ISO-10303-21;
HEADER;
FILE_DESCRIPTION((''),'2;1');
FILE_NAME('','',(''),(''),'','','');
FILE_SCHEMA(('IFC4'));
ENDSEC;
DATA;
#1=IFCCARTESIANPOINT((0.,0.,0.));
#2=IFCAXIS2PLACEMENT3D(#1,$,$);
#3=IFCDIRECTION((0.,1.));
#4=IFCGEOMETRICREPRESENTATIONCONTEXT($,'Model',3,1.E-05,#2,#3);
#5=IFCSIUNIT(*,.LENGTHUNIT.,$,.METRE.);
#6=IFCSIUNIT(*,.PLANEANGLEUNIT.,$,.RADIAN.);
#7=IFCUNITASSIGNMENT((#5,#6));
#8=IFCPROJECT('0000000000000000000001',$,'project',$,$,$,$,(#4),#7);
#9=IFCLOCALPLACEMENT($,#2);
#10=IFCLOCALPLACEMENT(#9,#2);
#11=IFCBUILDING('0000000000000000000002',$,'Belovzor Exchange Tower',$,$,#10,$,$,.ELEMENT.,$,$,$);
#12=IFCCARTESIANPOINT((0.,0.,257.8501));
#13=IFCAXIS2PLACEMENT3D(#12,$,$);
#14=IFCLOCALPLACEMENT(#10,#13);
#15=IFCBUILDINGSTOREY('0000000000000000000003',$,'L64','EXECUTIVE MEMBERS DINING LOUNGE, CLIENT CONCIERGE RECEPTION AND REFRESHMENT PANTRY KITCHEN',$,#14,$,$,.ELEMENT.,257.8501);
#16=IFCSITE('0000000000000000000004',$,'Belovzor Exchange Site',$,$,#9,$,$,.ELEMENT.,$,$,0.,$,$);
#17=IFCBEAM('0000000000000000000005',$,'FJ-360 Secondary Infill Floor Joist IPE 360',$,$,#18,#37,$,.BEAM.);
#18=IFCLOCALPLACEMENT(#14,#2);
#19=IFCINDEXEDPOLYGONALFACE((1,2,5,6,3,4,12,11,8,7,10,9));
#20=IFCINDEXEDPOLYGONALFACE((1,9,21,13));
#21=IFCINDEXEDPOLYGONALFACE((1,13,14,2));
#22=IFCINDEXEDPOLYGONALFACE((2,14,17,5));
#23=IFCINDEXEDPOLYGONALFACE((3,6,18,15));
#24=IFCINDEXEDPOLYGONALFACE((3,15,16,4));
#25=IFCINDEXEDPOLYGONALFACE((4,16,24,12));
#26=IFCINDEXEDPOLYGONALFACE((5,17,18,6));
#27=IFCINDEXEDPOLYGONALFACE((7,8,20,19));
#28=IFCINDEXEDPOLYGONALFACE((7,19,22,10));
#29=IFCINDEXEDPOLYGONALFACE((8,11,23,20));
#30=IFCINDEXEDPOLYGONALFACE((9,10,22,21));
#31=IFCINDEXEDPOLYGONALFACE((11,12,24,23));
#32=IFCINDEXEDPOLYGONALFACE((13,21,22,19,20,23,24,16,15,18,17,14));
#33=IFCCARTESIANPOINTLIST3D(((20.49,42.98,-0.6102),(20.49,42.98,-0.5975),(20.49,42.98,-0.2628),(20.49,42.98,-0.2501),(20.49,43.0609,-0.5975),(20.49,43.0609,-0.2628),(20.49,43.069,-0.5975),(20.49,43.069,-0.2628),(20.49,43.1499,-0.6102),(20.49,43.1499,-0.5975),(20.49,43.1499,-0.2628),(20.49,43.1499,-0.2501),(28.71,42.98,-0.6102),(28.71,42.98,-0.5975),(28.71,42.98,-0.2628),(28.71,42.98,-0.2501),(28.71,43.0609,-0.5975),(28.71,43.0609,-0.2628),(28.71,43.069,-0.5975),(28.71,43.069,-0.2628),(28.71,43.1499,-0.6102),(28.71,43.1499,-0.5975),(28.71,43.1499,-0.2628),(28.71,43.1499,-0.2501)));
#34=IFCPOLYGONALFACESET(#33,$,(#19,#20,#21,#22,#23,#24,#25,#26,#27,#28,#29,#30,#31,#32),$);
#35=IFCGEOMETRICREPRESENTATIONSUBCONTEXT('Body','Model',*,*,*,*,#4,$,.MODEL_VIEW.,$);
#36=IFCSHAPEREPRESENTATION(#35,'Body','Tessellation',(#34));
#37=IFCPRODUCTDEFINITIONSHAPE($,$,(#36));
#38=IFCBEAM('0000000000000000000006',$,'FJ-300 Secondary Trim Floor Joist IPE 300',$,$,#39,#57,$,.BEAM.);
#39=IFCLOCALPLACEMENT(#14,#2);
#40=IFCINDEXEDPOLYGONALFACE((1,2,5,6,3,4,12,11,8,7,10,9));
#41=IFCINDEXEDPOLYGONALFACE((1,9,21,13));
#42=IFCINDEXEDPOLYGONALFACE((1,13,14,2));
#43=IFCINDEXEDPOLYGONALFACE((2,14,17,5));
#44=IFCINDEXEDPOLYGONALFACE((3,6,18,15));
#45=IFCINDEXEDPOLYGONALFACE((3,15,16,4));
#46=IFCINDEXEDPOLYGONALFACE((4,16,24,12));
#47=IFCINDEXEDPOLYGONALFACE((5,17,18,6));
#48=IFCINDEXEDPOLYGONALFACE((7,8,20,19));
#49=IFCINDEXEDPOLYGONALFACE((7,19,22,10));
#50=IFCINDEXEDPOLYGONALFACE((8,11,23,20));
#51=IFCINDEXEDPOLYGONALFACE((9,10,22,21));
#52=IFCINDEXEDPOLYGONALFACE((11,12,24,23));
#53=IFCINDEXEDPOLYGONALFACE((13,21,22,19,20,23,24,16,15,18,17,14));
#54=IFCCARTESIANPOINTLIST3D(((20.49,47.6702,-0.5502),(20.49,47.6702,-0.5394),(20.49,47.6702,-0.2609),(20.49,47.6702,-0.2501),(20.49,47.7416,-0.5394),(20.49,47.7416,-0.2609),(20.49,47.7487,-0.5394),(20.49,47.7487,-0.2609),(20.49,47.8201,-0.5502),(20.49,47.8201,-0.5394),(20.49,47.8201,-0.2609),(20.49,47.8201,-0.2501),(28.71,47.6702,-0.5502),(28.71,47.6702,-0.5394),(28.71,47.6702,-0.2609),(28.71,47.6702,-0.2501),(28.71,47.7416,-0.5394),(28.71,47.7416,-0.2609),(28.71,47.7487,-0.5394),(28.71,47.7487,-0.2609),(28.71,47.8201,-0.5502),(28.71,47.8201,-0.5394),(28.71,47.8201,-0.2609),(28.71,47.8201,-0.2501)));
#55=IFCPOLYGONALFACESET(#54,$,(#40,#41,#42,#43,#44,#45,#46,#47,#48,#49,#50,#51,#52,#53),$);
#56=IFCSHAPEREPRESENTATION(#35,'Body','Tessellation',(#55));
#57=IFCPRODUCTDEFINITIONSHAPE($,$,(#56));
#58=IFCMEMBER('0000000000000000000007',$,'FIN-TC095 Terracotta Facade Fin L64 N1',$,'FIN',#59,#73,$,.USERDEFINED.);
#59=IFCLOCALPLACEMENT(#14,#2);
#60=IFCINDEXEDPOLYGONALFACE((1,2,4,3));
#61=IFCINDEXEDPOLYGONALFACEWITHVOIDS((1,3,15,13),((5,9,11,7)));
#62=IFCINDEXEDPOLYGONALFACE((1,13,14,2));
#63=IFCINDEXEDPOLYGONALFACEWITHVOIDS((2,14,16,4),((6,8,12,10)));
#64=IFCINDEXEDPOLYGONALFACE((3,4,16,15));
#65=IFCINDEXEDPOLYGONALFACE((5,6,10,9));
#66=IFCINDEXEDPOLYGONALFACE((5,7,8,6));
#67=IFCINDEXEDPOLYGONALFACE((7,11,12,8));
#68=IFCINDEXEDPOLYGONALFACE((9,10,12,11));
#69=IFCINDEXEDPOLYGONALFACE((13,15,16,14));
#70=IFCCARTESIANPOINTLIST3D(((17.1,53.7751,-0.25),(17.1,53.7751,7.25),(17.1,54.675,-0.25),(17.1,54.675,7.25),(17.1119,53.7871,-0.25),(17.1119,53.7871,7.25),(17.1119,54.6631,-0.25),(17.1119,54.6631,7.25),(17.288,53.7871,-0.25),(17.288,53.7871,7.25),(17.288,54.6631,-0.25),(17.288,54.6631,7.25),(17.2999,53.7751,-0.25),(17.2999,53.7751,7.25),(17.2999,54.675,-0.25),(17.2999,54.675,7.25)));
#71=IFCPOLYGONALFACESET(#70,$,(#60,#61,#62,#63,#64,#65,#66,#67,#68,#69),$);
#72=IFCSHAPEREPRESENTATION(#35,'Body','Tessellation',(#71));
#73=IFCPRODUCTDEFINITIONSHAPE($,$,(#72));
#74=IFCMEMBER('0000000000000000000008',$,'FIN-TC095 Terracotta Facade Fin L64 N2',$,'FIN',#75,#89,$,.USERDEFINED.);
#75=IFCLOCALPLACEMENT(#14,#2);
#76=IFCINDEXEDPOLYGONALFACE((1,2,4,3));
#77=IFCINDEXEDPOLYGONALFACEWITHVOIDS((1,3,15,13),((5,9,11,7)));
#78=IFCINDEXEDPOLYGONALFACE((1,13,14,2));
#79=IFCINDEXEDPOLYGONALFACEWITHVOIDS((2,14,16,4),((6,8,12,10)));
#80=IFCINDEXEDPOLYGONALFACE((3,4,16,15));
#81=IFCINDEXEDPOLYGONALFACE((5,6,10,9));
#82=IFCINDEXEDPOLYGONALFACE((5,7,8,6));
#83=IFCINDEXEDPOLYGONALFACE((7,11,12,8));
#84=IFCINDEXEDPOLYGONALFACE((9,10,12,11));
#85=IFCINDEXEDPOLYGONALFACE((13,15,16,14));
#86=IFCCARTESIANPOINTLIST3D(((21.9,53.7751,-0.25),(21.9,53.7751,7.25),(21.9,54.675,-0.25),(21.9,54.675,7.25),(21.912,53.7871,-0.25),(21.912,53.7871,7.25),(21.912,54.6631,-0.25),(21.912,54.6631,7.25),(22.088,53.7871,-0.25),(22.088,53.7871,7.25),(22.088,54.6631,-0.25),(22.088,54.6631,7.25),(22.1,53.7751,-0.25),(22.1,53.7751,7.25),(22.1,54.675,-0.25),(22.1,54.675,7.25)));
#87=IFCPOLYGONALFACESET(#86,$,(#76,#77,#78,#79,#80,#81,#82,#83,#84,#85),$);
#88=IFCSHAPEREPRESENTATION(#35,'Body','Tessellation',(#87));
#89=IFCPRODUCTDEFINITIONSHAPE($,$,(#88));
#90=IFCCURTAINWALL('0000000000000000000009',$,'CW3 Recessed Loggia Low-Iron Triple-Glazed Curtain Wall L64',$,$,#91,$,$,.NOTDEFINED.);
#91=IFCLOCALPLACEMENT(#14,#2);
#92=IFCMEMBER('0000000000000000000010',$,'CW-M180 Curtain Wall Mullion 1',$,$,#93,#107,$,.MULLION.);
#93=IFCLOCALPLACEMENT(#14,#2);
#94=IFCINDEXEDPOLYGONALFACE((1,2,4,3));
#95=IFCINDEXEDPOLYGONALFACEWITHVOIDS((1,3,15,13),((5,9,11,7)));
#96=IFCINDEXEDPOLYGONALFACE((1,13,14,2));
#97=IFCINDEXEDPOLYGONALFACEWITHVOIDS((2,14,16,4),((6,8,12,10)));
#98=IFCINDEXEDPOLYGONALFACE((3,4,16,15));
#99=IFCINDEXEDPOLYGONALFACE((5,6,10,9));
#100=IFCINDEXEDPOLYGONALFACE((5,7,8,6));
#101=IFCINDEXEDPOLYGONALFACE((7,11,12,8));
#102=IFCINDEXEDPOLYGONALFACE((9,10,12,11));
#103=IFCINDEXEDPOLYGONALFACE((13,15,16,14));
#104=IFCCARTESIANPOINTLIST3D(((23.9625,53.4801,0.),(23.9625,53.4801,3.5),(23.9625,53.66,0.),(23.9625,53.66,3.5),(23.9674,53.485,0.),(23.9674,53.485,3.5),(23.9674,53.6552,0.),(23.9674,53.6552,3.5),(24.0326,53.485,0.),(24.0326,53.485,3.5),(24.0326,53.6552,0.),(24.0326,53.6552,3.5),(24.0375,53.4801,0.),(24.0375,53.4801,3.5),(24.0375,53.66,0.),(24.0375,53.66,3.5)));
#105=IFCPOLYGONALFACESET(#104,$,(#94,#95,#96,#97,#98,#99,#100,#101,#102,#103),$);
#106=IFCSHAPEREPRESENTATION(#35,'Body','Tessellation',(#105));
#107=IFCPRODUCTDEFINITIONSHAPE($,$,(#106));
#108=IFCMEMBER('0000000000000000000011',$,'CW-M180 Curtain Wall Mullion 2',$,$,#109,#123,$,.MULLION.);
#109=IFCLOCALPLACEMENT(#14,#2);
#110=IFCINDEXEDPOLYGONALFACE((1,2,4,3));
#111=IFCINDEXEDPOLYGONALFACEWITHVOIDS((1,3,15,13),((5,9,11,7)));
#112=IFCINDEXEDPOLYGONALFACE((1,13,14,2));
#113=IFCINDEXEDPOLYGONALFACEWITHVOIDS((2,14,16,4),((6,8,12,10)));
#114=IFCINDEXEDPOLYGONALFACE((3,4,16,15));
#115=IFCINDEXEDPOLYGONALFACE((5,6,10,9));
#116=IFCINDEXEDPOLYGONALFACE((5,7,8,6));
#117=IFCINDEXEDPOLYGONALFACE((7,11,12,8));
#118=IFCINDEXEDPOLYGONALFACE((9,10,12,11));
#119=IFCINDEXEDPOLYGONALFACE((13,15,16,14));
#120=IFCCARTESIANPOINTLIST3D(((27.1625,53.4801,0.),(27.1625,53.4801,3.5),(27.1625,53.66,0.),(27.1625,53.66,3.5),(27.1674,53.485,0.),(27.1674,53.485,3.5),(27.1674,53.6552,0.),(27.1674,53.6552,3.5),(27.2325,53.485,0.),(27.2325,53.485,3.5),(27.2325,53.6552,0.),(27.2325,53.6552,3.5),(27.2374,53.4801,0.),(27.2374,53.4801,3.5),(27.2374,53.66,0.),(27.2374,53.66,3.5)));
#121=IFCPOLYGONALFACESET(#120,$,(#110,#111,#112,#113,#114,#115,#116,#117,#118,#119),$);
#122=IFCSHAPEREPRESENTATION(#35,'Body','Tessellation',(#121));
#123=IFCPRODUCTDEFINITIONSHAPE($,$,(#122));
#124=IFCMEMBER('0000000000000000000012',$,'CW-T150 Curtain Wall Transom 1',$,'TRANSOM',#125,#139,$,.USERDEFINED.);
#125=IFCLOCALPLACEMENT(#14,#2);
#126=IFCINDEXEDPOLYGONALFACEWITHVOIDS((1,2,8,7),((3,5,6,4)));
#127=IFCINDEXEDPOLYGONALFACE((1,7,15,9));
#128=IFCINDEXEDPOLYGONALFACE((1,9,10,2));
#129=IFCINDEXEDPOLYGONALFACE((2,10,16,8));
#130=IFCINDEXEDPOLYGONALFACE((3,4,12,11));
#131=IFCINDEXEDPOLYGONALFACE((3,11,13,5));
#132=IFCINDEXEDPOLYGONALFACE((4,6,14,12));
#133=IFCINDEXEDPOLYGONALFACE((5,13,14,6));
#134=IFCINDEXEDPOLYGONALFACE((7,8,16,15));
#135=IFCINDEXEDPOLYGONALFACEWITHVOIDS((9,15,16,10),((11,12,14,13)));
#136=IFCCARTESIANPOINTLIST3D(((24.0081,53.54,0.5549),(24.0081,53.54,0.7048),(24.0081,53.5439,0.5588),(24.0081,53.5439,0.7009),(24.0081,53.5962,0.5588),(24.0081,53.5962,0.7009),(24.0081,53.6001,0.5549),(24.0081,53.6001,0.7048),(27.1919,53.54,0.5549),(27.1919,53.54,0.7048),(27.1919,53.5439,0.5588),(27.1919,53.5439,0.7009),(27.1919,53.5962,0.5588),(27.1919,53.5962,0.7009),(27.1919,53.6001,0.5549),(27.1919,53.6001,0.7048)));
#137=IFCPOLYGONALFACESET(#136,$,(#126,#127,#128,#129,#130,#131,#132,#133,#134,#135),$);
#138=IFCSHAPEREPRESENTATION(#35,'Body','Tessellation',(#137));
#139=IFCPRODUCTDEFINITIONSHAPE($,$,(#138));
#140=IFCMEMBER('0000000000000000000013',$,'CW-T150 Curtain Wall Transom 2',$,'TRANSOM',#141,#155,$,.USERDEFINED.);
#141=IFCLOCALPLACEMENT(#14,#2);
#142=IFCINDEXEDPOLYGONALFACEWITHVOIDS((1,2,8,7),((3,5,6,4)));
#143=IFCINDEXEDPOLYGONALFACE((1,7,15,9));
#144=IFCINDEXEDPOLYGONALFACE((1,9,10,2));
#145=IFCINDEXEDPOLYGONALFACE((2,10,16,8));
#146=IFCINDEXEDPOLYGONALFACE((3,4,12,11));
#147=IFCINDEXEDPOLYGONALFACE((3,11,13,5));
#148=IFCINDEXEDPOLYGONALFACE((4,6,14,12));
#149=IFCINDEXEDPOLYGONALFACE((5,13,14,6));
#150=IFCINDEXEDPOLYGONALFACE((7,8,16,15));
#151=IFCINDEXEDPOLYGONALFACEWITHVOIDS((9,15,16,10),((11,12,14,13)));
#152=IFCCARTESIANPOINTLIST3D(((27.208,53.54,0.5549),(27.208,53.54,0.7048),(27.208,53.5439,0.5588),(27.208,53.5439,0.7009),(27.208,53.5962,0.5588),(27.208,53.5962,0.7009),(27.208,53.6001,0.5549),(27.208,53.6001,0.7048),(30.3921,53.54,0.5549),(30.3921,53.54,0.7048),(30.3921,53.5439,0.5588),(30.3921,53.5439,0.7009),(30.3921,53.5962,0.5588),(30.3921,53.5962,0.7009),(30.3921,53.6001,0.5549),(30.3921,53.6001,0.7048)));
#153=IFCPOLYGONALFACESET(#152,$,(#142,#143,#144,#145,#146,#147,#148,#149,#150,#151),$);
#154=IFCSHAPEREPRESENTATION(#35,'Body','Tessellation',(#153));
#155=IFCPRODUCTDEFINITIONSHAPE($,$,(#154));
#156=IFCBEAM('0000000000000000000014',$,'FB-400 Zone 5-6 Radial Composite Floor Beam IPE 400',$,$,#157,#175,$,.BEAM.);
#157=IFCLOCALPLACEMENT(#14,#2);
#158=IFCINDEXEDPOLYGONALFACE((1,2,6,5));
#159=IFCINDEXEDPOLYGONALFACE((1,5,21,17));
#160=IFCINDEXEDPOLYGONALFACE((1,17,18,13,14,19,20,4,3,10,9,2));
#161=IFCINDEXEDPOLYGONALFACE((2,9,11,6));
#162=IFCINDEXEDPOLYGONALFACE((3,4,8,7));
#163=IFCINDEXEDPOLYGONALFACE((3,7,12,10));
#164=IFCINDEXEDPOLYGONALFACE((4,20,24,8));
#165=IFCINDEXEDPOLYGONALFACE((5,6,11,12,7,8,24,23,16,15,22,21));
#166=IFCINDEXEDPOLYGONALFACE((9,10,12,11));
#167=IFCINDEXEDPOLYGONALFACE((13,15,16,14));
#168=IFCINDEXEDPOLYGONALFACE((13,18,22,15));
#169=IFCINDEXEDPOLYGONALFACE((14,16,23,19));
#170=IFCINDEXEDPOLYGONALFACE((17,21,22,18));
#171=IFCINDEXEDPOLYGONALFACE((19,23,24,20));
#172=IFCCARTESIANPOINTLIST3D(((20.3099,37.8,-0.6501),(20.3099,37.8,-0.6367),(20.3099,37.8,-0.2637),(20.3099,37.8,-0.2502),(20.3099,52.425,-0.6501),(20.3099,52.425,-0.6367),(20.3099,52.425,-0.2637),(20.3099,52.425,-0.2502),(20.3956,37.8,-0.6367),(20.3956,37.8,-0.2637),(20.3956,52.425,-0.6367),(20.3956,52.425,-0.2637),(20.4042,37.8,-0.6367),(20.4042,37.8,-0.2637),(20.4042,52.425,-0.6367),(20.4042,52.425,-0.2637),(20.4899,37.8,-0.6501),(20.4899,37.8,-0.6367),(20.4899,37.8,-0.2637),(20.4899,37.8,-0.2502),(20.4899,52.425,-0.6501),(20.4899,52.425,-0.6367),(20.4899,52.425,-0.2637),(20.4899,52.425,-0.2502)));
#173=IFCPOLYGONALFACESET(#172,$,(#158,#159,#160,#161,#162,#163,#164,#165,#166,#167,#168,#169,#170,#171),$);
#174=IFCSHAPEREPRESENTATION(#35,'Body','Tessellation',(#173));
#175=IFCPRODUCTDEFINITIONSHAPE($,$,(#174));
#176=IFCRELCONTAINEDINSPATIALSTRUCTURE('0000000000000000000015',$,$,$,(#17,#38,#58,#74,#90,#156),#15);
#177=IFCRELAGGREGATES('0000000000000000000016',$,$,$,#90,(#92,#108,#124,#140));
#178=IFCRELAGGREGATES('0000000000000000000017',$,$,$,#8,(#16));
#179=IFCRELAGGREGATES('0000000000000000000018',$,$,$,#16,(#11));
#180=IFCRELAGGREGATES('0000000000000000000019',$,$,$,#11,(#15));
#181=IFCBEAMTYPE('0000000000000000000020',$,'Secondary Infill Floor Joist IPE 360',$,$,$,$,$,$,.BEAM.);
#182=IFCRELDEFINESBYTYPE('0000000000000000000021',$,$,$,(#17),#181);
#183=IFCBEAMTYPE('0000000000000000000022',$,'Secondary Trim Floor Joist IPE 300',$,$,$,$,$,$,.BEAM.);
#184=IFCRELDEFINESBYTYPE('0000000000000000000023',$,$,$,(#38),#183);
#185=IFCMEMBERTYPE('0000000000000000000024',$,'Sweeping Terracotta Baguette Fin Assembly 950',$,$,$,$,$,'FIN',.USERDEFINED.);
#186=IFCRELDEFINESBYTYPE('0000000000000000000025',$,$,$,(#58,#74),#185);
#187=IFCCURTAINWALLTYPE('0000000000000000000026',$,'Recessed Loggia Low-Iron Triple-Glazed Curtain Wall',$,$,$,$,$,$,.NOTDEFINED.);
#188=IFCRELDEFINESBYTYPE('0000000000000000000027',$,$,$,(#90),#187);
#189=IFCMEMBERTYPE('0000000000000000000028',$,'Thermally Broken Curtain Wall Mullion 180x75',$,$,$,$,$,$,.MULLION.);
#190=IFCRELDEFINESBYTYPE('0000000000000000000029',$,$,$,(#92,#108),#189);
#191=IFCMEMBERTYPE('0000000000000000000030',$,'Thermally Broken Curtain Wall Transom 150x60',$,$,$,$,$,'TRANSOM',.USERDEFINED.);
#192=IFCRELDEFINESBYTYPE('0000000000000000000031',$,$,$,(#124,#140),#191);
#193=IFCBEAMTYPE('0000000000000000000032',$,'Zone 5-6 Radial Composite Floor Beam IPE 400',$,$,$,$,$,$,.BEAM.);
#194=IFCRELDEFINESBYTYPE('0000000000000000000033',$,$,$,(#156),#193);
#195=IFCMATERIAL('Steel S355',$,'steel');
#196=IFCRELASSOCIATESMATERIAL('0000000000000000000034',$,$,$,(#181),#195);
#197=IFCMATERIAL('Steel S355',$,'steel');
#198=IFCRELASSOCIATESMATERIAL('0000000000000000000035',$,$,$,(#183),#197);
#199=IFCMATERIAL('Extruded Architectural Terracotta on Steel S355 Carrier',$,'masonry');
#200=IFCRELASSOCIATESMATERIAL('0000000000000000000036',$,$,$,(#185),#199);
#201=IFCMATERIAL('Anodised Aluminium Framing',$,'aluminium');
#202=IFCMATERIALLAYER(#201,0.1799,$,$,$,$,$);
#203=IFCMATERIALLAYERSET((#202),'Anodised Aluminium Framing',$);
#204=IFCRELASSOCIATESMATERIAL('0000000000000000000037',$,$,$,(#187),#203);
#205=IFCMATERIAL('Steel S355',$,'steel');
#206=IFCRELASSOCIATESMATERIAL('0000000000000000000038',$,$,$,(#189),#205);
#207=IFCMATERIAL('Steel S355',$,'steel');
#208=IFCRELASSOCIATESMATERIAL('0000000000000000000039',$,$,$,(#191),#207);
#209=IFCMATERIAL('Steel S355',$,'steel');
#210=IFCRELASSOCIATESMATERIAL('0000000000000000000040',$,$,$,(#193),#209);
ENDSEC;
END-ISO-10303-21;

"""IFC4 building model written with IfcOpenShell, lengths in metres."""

from ifc_helpers import new_model, si_unit, direction, frame, origin, origin_2d, place, context, subcontext, project, spatial, hollow_rectangle, i_section, extrude, material, layer, layer_set, material_profile, profile_set, type_object, element, aggregate, save


model = new_model("IFC4")

# Units and contexts
model_context = context("Model", 3, precision=1e-05, world=origin(), true_north=direction((0.0, 1.0)))
body_context = subcontext(model_context, "Body", "Model", "MODEL_VIEW")
ifc_project = project(units=[si_unit("LENGTHUNIT", "METRE"), si_unit("PLANEANGLEUNIT", "RADIAN")], contexts=[model_context])

# Site, building, storey
site_placement = place(None, origin())
site = spatial("IfcSite", under=ifc_project, at=site_placement, Name="Belovzor Exchange Site", CompositionType="ELEMENT", RefElevation=0.0)
building_placement = place(site_placement, origin())
building = spatial("IfcBuilding", under=site, at=building_placement, Name="Belovzor Exchange Tower", CompositionType="ELEMENT")
storey_placement = place(building_placement, frame((0.0, 0.0, 257.8501)))
storey = spatial("IfcBuildingStorey", under=building, at=storey_placement, Name="L64", Description="EXECUTIVE MEMBERS DINING LOUNGE, CLIENT CONCIERGE RECEPTION AND REFRESHMENT PANTRY KITCHEN", CompositionType="ELEMENT", Elevation=257.8501)

# Beams
ifc_material_1 = material(Name="Steel S355", Category="steel")
ifc_material_profile_1 = material_profile(ifc_material_1, i_section(OverallWidth=0.1699, OverallDepth=0.3601, WebThickness=0.0081, FlangeThickness=0.0127, at=origin_2d()))
ifc_profile_set_1 = profile_set([ifc_material_profile_1], Name="Steel S355")
beam_type_1 = type_object("IfcBeamType", Name="Secondary Infill Floor Joist IPE 360", PredefinedType="BEAM", material=ifc_profile_set_1)
beam_1_placement = place(storey_placement, frame((20.49, 43.0649, -0.4302), z_axis=(1.0, 0.0, 0.0), x_axis=(0.0, 1.0, 0.0)))
element("IfcBeam", 1, at=beam_1_placement, inside=storey, type_object=beam_type_1, Name="FJ-360 Secondary Infill Floor Joist IPE 360", PredefinedType="BEAM", context=body_context, shape_type="SweptSolid", body=[
    extrude(i_section(OverallWidth=0.1699, OverallDepth=0.3601, WebThickness=0.0081, FlangeThickness=0.0127, at=origin_2d()), origin(), (0.0, 0.0, 1.0), 8.22),
])
ifc_material_2 = material(Name="Steel S355", Category="steel")
ifc_material_profile_2 = material_profile(ifc_material_2, i_section(OverallWidth=0.1499, OverallDepth=0.3, WebThickness=0.0071, FlangeThickness=0.0107, at=origin_2d()))
ifc_profile_set_2 = profile_set([ifc_material_profile_2], Name="Steel S355")
beam_type_2 = type_object("IfcBeamType", Name="Secondary Trim Floor Joist IPE 300", PredefinedType="BEAM", material=ifc_profile_set_2)
beam_2_placement = place(storey_placement, frame((20.49, 47.7451, -0.4001), z_axis=(1.0, 0.0, 0.0), x_axis=(0.0, 1.0, 0.0)))
element("IfcBeam", 2, at=beam_2_placement, inside=storey, type_object=beam_type_2, Name="FJ-300 Secondary Trim Floor Joist IPE 300", PredefinedType="BEAM", context=body_context, shape_type="SweptSolid", body=[
    extrude(i_section(OverallWidth=0.1499, OverallDepth=0.3, WebThickness=0.0071, FlangeThickness=0.0107, at=origin_2d()), origin(), (0.0, 0.0, 1.0), 8.22),
])

# Members
ifc_material_3 = material(Name="Extruded Architectural Terracotta on Steel S355 Carrier", Category="masonry")
ifc_material_profile_3 = material_profile(ifc_material_3, hollow_rectangle(XDim=0.2, YDim=0.8999, WallThickness=0.012, at=origin_2d()))
ifc_profile_set_3 = profile_set([ifc_material_profile_3], Name="Extruded Architectural Terracotta on Steel S355 Carrier")
member_type_1 = type_object("IfcMemberType", Name="Sweeping Terracotta Baguette Fin Assembly 950", ElementType="FIN", PredefinedType="USERDEFINED", material=ifc_profile_set_3)
for number, where, z_axis, x_axis, name in (
    (3, (17.2, 54.2251, -0.25), (0.0, 0.0, 1.0), (1.0, 0.0, 0.0), "FIN-TC095 Terracotta Facade Fin L64 N1"),
    (4, (22.0, 54.2251, -0.25), (0.0, 0.0, 1.0), (1.0, 0.0, 0.0), "FIN-TC095 Terracotta Facade Fin L64 N2"),
):
    element("IfcMember", number, at=place(storey_placement, frame(where, z_axis=z_axis, x_axis=x_axis)), inside=storey, type_object=member_type_1, Name=name, ObjectType="FIN", PredefinedType="USERDEFINED", context=body_context, shape_type="SweptSolid", body=[
        extrude(hollow_rectangle(XDim=0.2, YDim=0.8999, WallThickness=0.012, at=origin_2d()), origin(), (0.0, 0.0, 1.0), 7.5),
    ])

# Curtain wall, members
ifc_material_4 = material(Name="Anodised Aluminium Framing", Category="aluminium")
ifc_layer_1 = layer(ifc_material_4, 0.1799)
ifc_layer_set_1 = layer_set([ifc_layer_1], Name="Anodised Aluminium Framing")
curtain_wall_type = type_object("IfcCurtainWallType", Name="Recessed Loggia Low-Iron Triple-Glazed Curtain Wall", PredefinedType="NOTDEFINED", material=ifc_layer_set_1)
curtain_wall_placement = place(storey_placement, origin())
curtain_wall = element("IfcCurtainWall", 5, at=curtain_wall_placement, inside=storey, type_object=curtain_wall_type, Name="CW3 Recessed Loggia Low-Iron Triple-Glazed Curtain Wall L64", PredefinedType="NOTDEFINED")
ifc_material_5 = material(Name="Steel S355", Category="steel")
ifc_material_profile_4 = material_profile(ifc_material_5, hollow_rectangle(XDim=0.075, YDim=0.1799, WallThickness=0.0049, at=origin_2d()))
ifc_profile_set_4 = profile_set([ifc_material_profile_4], Name="Steel S355")
member_type_2 = type_object("IfcMemberType", Name="Thermally Broken Curtain Wall Mullion 180x75", PredefinedType="MULLION", material=ifc_profile_set_4)
member_1_placement = place(storey_placement, frame((24.0, 53.5701, 0.0), z_axis=(0.0, 0.0, 1.0), x_axis=(1.0, 0.0, 0.0)))
member_1 = element("IfcMember", 6, at=member_1_placement, type_object=member_type_2, Name="CW-M180 Curtain Wall Mullion 1", PredefinedType="MULLION", context=body_context, shape_type="SweptSolid", body=[
    extrude(hollow_rectangle(XDim=0.075, YDim=0.1799, WallThickness=0.0049, at=origin_2d()), origin(), (0.0, 0.0, 1.0), 3.5),
])
member_2_placement = place(storey_placement, frame((27.2, 53.5701, 0.0), z_axis=(0.0, 0.0, 1.0), x_axis=(1.0, 0.0, 0.0)))
member_2 = element("IfcMember", 7, at=member_2_placement, type_object=member_type_2, Name="CW-M180 Curtain Wall Mullion 2", PredefinedType="MULLION", context=body_context, shape_type="SweptSolid", body=[
    extrude(hollow_rectangle(XDim=0.075, YDim=0.1799, WallThickness=0.0049, at=origin_2d()), origin(), (0.0, 0.0, 1.0), 3.5),
])
ifc_material_6 = material(Name="Steel S355", Category="steel")
ifc_material_profile_5 = material_profile(ifc_material_6, hollow_rectangle(XDim=0.0601, YDim=0.1499, WallThickness=0.0039, at=origin_2d()))
ifc_profile_set_5 = profile_set([ifc_material_profile_5], Name="Steel S355")
member_type_3 = type_object("IfcMemberType", Name="Thermally Broken Curtain Wall Transom 150x60", ElementType="TRANSOM", PredefinedType="USERDEFINED", material=ifc_profile_set_5)
member_3_placement = place(storey_placement, frame((24.0081, 53.5701, 0.6299), z_axis=(1.0, 0.0, 0.0), x_axis=(0.0, 1.0, 0.0)))
member_3 = element("IfcMember", 8, at=member_3_placement, type_object=member_type_3, Name="CW-T150 Curtain Wall Transom 1", ObjectType="TRANSOM", PredefinedType="USERDEFINED", context=body_context, shape_type="SweptSolid", body=[
    extrude(hollow_rectangle(XDim=0.0601, YDim=0.1499, WallThickness=0.0039, at=origin_2d()), origin(), (0.0, 0.0, 1.0), 3.1838),
])
member_4_placement = place(storey_placement, frame((27.208, 53.5701, 0.6299), z_axis=(1.0, 0.0, 0.0), x_axis=(0.0, 1.0, 0.0)))
member_4 = element("IfcMember", 9, at=member_4_placement, type_object=member_type_3, Name="CW-T150 Curtain Wall Transom 2", ObjectType="TRANSOM", PredefinedType="USERDEFINED", context=body_context, shape_type="SweptSolid", body=[
    extrude(hollow_rectangle(XDim=0.0601, YDim=0.1499, WallThickness=0.0039, at=origin_2d()), origin(), (0.0, 0.0, 1.0), 3.1841),
])

# Beam
ifc_material_7 = material(Name="Steel S355", Category="steel")
ifc_material_profile_6 = material_profile(ifc_material_7, i_section(OverallWidth=0.1799, OverallDepth=0.3999, WebThickness=0.0085, FlangeThickness=0.0134, at=origin_2d()))
ifc_profile_set_6 = profile_set([ifc_material_profile_6], Name="Steel S355")
beam_type_3 = type_object("IfcBeamType", Name="Zone 5-6 Radial Composite Floor Beam IPE 400", PredefinedType="BEAM", material=ifc_profile_set_6)
for number, where, z_axis, x_axis, name in (
    (10, (20.3999, 37.8, -0.4502), (0.0, 1.0, 0.0), (-1.0, 0.0, 0.0), "FB-400 Zone 5-6 Radial Composite Floor Beam IPE 400"),
):
    element("IfcBeam", number, at=place(storey_placement, frame(where, z_axis=z_axis, x_axis=x_axis)), inside=storey, type_object=beam_type_3, Name=name, PredefinedType="BEAM", context=body_context, shape_type="SweptSolid", body=[
        extrude(i_section(OverallWidth=0.1799, OverallDepth=0.3999, WebThickness=0.0085, FlangeThickness=0.0134, at=origin_2d()), origin(), (0.0, 0.0, 1.0), 14.625),
    ])

aggregate(curtain_wall, [member_1, member_2, member_3, member_4])

save(model, "model.ifc")
